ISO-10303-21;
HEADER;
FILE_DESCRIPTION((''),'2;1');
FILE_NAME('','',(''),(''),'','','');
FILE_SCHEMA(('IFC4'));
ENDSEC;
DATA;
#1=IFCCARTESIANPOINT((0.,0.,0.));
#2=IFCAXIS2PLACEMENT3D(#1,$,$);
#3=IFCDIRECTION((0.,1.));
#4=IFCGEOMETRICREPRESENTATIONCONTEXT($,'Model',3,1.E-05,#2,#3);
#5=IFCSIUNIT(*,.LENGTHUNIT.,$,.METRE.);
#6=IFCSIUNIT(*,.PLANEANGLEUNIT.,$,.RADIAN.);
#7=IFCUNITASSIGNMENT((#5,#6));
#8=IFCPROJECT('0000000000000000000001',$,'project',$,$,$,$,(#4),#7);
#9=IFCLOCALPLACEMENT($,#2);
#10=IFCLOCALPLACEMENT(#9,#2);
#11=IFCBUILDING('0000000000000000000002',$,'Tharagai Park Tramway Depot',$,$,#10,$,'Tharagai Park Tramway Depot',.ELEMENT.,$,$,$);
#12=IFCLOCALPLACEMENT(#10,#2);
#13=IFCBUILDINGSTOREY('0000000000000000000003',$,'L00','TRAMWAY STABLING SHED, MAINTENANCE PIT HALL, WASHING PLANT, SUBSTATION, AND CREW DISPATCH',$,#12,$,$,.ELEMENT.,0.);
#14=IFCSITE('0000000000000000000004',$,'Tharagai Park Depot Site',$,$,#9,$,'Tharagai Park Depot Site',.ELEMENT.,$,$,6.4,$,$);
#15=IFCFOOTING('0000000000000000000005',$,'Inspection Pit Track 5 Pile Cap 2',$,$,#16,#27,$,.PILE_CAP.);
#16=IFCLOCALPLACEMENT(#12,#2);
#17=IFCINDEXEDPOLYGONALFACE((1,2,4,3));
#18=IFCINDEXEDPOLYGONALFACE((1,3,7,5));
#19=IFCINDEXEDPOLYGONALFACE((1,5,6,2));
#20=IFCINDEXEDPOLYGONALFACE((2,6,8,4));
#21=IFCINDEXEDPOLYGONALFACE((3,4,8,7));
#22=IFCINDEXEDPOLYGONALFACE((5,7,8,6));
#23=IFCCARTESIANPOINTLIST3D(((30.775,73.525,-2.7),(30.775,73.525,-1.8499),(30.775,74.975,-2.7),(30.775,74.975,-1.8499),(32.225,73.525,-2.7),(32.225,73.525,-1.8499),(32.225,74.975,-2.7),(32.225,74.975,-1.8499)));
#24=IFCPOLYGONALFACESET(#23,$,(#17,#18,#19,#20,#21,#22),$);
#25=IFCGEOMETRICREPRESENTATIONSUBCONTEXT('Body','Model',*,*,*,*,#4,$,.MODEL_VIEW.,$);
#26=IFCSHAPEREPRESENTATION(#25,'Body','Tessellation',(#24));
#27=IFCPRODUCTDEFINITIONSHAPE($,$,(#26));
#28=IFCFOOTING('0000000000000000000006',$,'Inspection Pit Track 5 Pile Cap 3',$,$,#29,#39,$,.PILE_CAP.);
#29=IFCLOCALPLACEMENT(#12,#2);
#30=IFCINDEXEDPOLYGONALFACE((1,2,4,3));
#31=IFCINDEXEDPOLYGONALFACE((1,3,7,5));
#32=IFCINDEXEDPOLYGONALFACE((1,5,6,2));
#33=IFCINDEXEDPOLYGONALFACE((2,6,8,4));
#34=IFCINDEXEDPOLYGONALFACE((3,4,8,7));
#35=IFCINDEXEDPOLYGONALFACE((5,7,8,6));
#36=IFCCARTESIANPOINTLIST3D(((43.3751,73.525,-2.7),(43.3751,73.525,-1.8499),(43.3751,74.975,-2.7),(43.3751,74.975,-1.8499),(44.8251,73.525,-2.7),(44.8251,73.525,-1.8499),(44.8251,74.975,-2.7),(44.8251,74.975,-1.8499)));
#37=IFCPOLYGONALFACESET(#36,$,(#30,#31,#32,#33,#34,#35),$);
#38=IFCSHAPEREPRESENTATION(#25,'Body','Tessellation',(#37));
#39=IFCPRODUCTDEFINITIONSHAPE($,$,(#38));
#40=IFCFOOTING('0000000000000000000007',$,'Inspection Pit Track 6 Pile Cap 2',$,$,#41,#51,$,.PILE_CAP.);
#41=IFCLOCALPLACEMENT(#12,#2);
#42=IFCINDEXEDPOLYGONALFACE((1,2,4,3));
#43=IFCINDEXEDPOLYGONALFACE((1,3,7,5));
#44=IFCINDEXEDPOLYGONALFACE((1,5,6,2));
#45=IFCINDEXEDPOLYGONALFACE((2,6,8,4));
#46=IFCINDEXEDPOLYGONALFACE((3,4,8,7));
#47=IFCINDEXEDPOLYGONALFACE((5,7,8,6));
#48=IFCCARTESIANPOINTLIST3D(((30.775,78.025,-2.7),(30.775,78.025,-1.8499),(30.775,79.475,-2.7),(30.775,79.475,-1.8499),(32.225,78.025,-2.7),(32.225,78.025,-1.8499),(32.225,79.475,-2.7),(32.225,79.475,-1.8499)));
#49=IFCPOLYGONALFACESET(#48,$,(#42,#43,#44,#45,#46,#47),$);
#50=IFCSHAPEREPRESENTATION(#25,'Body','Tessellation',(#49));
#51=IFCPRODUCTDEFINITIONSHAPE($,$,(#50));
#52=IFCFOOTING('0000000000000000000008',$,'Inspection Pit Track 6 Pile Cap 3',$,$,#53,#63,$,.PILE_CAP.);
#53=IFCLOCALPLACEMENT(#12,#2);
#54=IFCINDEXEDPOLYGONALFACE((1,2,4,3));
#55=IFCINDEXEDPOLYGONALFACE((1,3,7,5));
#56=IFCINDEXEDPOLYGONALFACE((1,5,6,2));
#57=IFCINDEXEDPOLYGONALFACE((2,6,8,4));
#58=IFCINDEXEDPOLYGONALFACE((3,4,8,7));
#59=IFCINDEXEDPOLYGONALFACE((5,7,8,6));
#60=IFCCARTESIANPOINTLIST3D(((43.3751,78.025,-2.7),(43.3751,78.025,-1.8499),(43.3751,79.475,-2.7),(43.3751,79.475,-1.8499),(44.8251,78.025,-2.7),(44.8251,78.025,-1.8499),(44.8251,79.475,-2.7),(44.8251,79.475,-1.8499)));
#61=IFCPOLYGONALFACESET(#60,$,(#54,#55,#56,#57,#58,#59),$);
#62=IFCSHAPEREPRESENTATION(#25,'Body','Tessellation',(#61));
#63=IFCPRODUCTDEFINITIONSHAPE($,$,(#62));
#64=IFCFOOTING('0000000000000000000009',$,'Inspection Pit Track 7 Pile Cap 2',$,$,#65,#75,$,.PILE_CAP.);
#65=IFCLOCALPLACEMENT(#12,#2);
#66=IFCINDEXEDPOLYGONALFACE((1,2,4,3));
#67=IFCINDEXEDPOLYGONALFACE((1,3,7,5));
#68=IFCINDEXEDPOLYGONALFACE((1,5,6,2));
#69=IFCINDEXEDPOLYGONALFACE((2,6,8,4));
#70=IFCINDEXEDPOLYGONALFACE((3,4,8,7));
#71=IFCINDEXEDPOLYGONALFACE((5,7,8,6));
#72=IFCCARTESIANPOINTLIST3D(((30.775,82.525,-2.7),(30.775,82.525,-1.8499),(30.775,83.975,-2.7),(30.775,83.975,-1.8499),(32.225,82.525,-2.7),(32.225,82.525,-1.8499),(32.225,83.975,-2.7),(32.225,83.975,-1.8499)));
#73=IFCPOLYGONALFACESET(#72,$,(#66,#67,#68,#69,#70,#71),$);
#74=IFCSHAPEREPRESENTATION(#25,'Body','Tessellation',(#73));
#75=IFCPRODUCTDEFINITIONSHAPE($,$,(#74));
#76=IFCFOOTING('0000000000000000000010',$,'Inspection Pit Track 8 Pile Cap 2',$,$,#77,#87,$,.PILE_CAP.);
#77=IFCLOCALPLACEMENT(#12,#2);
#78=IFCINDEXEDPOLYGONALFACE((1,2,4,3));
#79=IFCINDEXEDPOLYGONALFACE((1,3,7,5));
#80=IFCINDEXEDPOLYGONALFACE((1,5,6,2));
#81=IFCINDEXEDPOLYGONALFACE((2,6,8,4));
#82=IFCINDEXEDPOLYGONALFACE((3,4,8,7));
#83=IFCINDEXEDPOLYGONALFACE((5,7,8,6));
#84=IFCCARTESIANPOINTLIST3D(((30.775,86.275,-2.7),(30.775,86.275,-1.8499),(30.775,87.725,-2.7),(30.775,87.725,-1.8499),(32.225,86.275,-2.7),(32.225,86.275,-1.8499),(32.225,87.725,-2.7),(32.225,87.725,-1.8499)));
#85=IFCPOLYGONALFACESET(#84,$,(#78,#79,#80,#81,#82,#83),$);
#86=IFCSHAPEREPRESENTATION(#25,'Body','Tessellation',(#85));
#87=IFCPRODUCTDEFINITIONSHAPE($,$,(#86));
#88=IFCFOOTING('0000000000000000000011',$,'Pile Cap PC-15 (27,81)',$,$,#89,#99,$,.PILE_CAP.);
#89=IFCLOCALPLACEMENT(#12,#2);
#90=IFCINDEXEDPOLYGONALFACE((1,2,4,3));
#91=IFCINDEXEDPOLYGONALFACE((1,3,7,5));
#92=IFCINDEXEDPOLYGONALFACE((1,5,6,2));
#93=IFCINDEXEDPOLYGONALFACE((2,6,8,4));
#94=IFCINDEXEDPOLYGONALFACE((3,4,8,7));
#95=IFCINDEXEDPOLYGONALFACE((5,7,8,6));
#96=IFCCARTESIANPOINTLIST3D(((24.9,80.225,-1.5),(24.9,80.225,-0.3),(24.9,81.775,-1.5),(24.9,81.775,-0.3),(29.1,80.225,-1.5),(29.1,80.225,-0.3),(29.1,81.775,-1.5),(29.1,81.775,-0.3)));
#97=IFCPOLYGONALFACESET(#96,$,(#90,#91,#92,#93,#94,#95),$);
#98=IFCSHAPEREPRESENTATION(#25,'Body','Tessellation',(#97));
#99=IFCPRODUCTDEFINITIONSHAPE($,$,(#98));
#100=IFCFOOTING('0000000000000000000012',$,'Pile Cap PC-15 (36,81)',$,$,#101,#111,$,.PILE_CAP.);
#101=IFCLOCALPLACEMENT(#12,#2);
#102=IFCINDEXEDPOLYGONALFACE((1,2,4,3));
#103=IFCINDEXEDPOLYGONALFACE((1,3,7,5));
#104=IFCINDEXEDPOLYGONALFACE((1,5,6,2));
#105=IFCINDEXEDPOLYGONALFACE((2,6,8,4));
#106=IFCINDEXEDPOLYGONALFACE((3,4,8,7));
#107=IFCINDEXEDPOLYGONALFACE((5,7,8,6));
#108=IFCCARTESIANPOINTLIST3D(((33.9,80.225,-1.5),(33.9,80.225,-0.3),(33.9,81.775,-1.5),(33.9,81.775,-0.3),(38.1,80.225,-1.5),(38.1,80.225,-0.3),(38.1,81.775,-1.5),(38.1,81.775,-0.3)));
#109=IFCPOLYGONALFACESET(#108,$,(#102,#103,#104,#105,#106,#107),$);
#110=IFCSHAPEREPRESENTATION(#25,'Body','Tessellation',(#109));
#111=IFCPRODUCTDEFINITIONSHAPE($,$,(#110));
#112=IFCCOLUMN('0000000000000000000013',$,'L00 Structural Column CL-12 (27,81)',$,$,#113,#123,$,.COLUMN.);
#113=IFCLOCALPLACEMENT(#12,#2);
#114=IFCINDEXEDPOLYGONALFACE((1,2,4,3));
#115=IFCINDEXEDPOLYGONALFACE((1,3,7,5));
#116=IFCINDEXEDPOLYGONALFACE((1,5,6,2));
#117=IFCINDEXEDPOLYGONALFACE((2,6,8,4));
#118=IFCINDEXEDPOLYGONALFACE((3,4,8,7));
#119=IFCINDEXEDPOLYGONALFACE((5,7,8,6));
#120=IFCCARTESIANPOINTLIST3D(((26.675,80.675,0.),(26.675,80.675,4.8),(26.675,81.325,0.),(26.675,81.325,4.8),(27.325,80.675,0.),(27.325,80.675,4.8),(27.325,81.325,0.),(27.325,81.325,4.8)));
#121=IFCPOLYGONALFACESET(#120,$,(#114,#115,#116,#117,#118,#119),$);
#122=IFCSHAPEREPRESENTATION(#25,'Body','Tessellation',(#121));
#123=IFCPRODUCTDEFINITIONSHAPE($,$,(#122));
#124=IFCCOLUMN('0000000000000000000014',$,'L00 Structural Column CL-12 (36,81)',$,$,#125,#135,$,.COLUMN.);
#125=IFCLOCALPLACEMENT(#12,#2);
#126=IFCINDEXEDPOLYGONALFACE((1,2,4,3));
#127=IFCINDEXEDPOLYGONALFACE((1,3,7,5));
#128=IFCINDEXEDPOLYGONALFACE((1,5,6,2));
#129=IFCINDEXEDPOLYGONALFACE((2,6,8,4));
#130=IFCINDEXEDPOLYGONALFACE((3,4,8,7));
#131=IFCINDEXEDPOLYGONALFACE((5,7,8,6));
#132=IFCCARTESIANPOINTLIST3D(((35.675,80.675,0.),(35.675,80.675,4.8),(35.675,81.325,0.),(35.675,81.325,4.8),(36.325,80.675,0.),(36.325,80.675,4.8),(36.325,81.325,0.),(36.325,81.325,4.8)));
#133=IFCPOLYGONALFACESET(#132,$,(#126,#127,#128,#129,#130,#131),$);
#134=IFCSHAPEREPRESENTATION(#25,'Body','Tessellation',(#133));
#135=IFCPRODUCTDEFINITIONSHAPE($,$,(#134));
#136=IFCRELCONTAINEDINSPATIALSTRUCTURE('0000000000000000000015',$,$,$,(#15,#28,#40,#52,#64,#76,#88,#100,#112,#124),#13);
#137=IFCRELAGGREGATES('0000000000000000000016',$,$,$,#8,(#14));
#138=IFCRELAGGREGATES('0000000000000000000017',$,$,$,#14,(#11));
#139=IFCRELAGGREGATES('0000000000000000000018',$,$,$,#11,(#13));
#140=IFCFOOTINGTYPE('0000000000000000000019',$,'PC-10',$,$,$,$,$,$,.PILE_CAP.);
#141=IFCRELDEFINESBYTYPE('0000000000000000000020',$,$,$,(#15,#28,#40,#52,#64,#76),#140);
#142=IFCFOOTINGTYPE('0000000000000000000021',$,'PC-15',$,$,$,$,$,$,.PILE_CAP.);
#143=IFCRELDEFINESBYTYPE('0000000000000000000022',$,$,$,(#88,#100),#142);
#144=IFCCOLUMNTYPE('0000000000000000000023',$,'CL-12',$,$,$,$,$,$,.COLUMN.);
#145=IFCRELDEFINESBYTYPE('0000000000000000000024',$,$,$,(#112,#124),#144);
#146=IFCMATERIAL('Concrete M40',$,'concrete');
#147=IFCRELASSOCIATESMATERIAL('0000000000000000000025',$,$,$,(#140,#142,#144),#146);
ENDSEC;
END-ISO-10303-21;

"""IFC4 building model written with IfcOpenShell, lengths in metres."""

from ifc_helpers import new_model, si_unit, direction, frame, origin, origin_2d, place, context, subcontext, project, spatial, rectangle, extrude, material, material_profile, profile_set, type_object, element, save


model = new_model("IFC4")

# Units and contexts
model_context = context("Model", 3, precision=1e-05, world=origin(), true_north=direction((0.0, 1.0)))
body_context = subcontext(model_context, "Body", "Model", "MODEL_VIEW")
ifc_project = project(units=[si_unit("LENGTHUNIT", "METRE"), si_unit("PLANEANGLEUNIT", "RADIAN")], contexts=[model_context])

# Site, building, storey
site_placement = place(None, origin())
site = spatial("IfcSite", under=ifc_project, at=site_placement, Name="Tharagai Park Depot Site", LongName="Tharagai Park Depot Site", CompositionType="ELEMENT", RefElevation=6.4)
building_placement = place(site_placement, origin())
building = spatial("IfcBuilding", under=site, at=building_placement, Name="Tharagai Park Tramway Depot", LongName="Tharagai Park Tramway Depot", CompositionType="ELEMENT")
storey_placement = place(building_placement, origin())
storey = spatial("IfcBuildingStorey", under=building, at=storey_placement, Name="L00", Description="TRAMWAY STABLING SHED, MAINTENANCE PIT HALL, WASHING PLANT, SUBSTATION, AND CREW DISPATCH", CompositionType="ELEMENT", Elevation=0.0)

# Shared definitions
ifc_material = material(Name="Concrete M40", Category="concrete")

# Footings
footing_type_1 = type_object("IfcFootingType", Name="PC-10", PredefinedType="PILE_CAP", material=ifc_material)
for number, where, z_axis, x_axis, name in (
    (1, (31.5, 74.25, -2.7), (0.0, 0.0, 1.0), (1.0, 0.0, 0.0), "Inspection Pit Track 5 Pile Cap 2"),
    (2, (44.1001, 74.25, -2.7), (0.0, 0.0, 1.0), (1.0, 0.0, 0.0), "Inspection Pit Track 5 Pile Cap 3"),
    (3, (31.5, 78.75, -2.7), (0.0, 0.0, 1.0), (1.0, 0.0, 0.0), "Inspection Pit Track 6 Pile Cap 2"),
    (4, (44.1001, 78.75, -2.7), (0.0, 0.0, 1.0), (1.0, 0.0, 0.0), "Inspection Pit Track 6 Pile Cap 3"),
    (5, (31.5, 83.25, -2.7), (0.0, 0.0, 1.0), (1.0, 0.0, 0.0), "Inspection Pit Track 7 Pile Cap 2"),
    (6, (31.5, 87.0, -2.7), (0.0, 0.0, 1.0), (1.0, 0.0, 0.0), "Inspection Pit Track 8 Pile Cap 2"),
):
    element("IfcFooting", number, at=place(storey_placement, frame(where, z_axis=z_axis, x_axis=x_axis)), inside=storey, type_object=footing_type_1, Name=name, PredefinedType="PILE_CAP", context=body_context, shape_type="SweptSolid", body=[
        extrude(rectangle(XDim=1.45, YDim=1.45, at=origin_2d()), origin(), (0.0, 0.0, 1.0), 0.8501),
    ])
footing_type_2 = type_object("IfcFootingType", Name="PC-15", PredefinedType="PILE_CAP", material=ifc_material)
for number, where, z_axis, x_axis, name in (
    (7, (27.0, 81.0, -1.5), (0.0, 0.0, 1.0), (1.0, 0.0, 0.0), "Pile Cap PC-15 (27,81)"),
    (8, (36.0, 81.0, -1.5), (0.0, 0.0, 1.0), (1.0, 0.0, 0.0), "Pile Cap PC-15 (36,81)"),
):
    element("IfcFooting", number, at=place(storey_placement, frame(where, z_axis=z_axis, x_axis=x_axis)), inside=storey, type_object=footing_type_2, Name=name, PredefinedType="PILE_CAP", context=body_context, shape_type="SweptSolid", body=[
        extrude(rectangle(XDim=4.2, YDim=1.55, at=origin_2d()), origin(), (0.0, 0.0, 1.0), 1.2),
    ])

# Columns
ifc_material_profile_1 = material_profile(ifc_material, rectangle(XDim=0.6499, YDim=0.6499, at=origin_2d()), Name="RC 650x650")
ifc_profile_set_1 = profile_set([ifc_material_profile_1], Name="Concrete M40")
column_type = type_object("IfcColumnType", Name="CL-12", PredefinedType="COLUMN", material=ifc_profile_set_1)
for number, where, z_axis, x_axis, name in (
    (9, (27.0, 81.0, 0.0), (0.0, 0.0, 1.0), (1.0, 0.0, 0.0), "L00 Structural Column CL-12 (27,81)"),
    (10, (36.0, 81.0, 0.0), (0.0, 0.0, 1.0), (1.0, 0.0, 0.0), "L00 Structural Column CL-12 (36,81)"),
):
    element("IfcColumn", number, at=place(storey_placement, frame(where, z_axis=z_axis, x_axis=x_axis)), inside=storey, type_object=column_type, Name=name, PredefinedType="COLUMN", context=body_context, shape_type="SweptSolid", body=[
        extrude(rectangle(XDim=0.6499, YDim=0.6499, at=origin_2d()), origin(), (0.0, 0.0, 1.0), 4.8),
    ])

save(model, "model.ifc")
